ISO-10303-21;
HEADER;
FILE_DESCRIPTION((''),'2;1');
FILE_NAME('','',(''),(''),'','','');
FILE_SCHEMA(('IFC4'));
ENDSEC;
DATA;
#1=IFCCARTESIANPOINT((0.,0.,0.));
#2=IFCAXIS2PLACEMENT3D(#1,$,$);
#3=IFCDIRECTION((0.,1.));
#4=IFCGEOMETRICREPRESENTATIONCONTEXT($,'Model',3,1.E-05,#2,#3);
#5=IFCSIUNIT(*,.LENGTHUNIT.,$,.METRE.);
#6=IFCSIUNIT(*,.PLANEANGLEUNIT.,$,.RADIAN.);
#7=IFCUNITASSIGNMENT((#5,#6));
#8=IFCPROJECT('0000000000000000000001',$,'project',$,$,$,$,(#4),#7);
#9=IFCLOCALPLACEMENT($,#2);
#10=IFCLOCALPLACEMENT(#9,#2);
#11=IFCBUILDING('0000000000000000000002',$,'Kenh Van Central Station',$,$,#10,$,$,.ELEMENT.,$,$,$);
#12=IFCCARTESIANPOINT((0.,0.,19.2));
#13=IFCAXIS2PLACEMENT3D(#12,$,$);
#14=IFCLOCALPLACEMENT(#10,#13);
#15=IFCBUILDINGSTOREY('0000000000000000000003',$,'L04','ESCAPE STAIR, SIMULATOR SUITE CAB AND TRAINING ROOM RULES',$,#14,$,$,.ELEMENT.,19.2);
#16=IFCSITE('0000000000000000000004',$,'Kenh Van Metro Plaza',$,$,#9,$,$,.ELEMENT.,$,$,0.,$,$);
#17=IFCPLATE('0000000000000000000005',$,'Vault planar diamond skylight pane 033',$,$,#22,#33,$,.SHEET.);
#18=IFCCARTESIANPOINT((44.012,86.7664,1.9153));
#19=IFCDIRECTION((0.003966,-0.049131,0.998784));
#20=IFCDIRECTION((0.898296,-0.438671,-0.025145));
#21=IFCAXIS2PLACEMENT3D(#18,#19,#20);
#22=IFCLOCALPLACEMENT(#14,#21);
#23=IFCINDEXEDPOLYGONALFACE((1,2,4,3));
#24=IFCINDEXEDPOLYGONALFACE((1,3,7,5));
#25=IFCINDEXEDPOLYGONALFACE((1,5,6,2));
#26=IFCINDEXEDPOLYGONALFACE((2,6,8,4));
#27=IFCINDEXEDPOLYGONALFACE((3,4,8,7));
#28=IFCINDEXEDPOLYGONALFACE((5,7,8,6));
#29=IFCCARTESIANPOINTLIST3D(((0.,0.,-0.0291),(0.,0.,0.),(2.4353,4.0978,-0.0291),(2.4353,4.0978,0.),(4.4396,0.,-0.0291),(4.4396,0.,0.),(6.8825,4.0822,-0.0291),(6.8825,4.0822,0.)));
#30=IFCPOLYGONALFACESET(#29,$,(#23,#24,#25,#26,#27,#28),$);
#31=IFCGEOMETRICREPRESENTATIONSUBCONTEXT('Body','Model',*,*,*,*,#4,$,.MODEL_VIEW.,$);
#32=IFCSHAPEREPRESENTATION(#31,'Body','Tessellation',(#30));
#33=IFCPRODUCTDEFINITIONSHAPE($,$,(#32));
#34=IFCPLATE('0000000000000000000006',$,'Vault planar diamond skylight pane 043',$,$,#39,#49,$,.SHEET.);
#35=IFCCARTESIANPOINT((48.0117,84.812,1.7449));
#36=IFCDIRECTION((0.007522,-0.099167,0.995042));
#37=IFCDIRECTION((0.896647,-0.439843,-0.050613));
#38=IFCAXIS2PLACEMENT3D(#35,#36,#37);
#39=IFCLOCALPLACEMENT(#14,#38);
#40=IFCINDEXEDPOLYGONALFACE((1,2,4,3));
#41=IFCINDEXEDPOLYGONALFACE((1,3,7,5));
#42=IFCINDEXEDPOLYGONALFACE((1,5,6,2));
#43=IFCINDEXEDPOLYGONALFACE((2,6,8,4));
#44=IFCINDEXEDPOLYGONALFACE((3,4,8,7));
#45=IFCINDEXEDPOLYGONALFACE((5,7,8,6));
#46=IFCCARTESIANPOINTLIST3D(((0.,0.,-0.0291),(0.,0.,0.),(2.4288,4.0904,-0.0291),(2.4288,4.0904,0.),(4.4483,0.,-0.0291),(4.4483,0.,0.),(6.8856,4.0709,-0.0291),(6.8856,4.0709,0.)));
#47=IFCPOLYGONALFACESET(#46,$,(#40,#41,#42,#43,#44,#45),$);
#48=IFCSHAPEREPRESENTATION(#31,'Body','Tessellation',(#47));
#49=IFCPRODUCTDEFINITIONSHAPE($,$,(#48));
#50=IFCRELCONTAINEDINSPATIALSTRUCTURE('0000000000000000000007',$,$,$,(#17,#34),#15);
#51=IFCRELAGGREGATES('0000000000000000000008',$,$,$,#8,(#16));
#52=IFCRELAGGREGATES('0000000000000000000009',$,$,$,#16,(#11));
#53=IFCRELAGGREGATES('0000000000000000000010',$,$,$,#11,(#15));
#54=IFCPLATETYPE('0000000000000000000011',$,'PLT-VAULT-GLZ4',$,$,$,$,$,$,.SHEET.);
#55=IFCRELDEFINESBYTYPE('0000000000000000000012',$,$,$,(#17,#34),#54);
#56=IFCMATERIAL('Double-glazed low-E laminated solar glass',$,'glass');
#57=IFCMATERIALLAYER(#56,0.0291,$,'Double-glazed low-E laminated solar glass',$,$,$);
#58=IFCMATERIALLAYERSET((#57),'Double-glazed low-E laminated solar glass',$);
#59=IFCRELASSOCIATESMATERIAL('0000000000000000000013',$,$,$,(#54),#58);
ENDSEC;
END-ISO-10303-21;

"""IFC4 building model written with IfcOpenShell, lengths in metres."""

from ifc_helpers import new_model, si_unit, direction, frame, origin, place, context, subcontext, project, spatial, polyline, outline, extrude, material, layer, layer_set, type_object, element, save


model = new_model("IFC4")

# Units and contexts
model_context = context("Model", 3, precision=1e-05, world=origin(), true_north=direction((0.0, 1.0)))
body_context = subcontext(model_context, "Body", "Model", "MODEL_VIEW")
ifc_project = project(units=[si_unit("LENGTHUNIT", "METRE"), si_unit("PLANEANGLEUNIT", "RADIAN")], contexts=[model_context])

# Site, building, storey
site_placement = place(None, origin())
site = spatial("IfcSite", under=ifc_project, at=site_placement, Name="Kenh Van Metro Plaza", CompositionType="ELEMENT", RefElevation=0.0)
building_placement = place(site_placement, origin())
building = spatial("IfcBuilding", under=site, at=building_placement, Name="Kenh Van Central Station", CompositionType="ELEMENT")
storey_placement = place(building_placement, frame((0.0, 0.0, 19.2)))
storey = spatial("IfcBuildingStorey", under=building, at=storey_placement, Name="L04", Description="ESCAPE STAIR, SIMULATOR SUITE CAB AND TRAINING ROOM RULES", CompositionType="ELEMENT", Elevation=19.2)

# Plates
ifc_material_1 = material(Name="Double-glazed low-E laminated solar glass", Category="glass")
ifc_layer_1 = layer(ifc_material_1, 0.0291, Name="Double-glazed low-E laminated solar glass")
ifc_layer_set_1 = layer_set([ifc_layer_1], Name="Double-glazed low-E laminated solar glass")
plate_type_1 = type_object("IfcPlateType", Name="PLT-VAULT-GLZ4", PredefinedType="SHEET", material=ifc_layer_set_1)
plate_1_placement = place(storey_placement, frame((44.012, 86.7664, 1.9153), z_axis=(0.003966, -0.049131, 0.998784), x_axis=(0.898296, -0.438671, -0.025145)))
element("IfcPlate", 1, at=plate_1_placement, inside=storey, type_object=plate_type_1, Name="Vault planar diamond skylight pane 033", PredefinedType="SHEET", context=body_context, shape_type="SweptSolid", body=[
    extrude(outline(polyline([(0.0, 0.0), (4.4396, 0.0), (6.8825, 4.0822), (2.4353, 4.0978), (0.0, 0.0)])), origin(), (0.0, 0.0, -1.0), 0.0291),
])
plate_2_placement = place(storey_placement, frame((48.0117, 84.812, 1.7449), z_axis=(0.007522, -0.099167, 0.995042), x_axis=(0.896647, -0.439843, -0.050613)))
element("IfcPlate", 2, at=plate_2_placement, inside=storey, type_object=plate_type_1, Name="Vault planar diamond skylight pane 043", PredefinedType="SHEET", context=body_context, shape_type="SweptSolid", body=[
    extrude(outline(polyline([(0.0, 0.0), (4.4483, 0.0), (6.8856, 4.0709), (2.4288, 4.0904), (0.0, 0.0)])), origin(), (0.0, 0.0, -1.0), 0.0291),
])

save(model, "model.ifc")
